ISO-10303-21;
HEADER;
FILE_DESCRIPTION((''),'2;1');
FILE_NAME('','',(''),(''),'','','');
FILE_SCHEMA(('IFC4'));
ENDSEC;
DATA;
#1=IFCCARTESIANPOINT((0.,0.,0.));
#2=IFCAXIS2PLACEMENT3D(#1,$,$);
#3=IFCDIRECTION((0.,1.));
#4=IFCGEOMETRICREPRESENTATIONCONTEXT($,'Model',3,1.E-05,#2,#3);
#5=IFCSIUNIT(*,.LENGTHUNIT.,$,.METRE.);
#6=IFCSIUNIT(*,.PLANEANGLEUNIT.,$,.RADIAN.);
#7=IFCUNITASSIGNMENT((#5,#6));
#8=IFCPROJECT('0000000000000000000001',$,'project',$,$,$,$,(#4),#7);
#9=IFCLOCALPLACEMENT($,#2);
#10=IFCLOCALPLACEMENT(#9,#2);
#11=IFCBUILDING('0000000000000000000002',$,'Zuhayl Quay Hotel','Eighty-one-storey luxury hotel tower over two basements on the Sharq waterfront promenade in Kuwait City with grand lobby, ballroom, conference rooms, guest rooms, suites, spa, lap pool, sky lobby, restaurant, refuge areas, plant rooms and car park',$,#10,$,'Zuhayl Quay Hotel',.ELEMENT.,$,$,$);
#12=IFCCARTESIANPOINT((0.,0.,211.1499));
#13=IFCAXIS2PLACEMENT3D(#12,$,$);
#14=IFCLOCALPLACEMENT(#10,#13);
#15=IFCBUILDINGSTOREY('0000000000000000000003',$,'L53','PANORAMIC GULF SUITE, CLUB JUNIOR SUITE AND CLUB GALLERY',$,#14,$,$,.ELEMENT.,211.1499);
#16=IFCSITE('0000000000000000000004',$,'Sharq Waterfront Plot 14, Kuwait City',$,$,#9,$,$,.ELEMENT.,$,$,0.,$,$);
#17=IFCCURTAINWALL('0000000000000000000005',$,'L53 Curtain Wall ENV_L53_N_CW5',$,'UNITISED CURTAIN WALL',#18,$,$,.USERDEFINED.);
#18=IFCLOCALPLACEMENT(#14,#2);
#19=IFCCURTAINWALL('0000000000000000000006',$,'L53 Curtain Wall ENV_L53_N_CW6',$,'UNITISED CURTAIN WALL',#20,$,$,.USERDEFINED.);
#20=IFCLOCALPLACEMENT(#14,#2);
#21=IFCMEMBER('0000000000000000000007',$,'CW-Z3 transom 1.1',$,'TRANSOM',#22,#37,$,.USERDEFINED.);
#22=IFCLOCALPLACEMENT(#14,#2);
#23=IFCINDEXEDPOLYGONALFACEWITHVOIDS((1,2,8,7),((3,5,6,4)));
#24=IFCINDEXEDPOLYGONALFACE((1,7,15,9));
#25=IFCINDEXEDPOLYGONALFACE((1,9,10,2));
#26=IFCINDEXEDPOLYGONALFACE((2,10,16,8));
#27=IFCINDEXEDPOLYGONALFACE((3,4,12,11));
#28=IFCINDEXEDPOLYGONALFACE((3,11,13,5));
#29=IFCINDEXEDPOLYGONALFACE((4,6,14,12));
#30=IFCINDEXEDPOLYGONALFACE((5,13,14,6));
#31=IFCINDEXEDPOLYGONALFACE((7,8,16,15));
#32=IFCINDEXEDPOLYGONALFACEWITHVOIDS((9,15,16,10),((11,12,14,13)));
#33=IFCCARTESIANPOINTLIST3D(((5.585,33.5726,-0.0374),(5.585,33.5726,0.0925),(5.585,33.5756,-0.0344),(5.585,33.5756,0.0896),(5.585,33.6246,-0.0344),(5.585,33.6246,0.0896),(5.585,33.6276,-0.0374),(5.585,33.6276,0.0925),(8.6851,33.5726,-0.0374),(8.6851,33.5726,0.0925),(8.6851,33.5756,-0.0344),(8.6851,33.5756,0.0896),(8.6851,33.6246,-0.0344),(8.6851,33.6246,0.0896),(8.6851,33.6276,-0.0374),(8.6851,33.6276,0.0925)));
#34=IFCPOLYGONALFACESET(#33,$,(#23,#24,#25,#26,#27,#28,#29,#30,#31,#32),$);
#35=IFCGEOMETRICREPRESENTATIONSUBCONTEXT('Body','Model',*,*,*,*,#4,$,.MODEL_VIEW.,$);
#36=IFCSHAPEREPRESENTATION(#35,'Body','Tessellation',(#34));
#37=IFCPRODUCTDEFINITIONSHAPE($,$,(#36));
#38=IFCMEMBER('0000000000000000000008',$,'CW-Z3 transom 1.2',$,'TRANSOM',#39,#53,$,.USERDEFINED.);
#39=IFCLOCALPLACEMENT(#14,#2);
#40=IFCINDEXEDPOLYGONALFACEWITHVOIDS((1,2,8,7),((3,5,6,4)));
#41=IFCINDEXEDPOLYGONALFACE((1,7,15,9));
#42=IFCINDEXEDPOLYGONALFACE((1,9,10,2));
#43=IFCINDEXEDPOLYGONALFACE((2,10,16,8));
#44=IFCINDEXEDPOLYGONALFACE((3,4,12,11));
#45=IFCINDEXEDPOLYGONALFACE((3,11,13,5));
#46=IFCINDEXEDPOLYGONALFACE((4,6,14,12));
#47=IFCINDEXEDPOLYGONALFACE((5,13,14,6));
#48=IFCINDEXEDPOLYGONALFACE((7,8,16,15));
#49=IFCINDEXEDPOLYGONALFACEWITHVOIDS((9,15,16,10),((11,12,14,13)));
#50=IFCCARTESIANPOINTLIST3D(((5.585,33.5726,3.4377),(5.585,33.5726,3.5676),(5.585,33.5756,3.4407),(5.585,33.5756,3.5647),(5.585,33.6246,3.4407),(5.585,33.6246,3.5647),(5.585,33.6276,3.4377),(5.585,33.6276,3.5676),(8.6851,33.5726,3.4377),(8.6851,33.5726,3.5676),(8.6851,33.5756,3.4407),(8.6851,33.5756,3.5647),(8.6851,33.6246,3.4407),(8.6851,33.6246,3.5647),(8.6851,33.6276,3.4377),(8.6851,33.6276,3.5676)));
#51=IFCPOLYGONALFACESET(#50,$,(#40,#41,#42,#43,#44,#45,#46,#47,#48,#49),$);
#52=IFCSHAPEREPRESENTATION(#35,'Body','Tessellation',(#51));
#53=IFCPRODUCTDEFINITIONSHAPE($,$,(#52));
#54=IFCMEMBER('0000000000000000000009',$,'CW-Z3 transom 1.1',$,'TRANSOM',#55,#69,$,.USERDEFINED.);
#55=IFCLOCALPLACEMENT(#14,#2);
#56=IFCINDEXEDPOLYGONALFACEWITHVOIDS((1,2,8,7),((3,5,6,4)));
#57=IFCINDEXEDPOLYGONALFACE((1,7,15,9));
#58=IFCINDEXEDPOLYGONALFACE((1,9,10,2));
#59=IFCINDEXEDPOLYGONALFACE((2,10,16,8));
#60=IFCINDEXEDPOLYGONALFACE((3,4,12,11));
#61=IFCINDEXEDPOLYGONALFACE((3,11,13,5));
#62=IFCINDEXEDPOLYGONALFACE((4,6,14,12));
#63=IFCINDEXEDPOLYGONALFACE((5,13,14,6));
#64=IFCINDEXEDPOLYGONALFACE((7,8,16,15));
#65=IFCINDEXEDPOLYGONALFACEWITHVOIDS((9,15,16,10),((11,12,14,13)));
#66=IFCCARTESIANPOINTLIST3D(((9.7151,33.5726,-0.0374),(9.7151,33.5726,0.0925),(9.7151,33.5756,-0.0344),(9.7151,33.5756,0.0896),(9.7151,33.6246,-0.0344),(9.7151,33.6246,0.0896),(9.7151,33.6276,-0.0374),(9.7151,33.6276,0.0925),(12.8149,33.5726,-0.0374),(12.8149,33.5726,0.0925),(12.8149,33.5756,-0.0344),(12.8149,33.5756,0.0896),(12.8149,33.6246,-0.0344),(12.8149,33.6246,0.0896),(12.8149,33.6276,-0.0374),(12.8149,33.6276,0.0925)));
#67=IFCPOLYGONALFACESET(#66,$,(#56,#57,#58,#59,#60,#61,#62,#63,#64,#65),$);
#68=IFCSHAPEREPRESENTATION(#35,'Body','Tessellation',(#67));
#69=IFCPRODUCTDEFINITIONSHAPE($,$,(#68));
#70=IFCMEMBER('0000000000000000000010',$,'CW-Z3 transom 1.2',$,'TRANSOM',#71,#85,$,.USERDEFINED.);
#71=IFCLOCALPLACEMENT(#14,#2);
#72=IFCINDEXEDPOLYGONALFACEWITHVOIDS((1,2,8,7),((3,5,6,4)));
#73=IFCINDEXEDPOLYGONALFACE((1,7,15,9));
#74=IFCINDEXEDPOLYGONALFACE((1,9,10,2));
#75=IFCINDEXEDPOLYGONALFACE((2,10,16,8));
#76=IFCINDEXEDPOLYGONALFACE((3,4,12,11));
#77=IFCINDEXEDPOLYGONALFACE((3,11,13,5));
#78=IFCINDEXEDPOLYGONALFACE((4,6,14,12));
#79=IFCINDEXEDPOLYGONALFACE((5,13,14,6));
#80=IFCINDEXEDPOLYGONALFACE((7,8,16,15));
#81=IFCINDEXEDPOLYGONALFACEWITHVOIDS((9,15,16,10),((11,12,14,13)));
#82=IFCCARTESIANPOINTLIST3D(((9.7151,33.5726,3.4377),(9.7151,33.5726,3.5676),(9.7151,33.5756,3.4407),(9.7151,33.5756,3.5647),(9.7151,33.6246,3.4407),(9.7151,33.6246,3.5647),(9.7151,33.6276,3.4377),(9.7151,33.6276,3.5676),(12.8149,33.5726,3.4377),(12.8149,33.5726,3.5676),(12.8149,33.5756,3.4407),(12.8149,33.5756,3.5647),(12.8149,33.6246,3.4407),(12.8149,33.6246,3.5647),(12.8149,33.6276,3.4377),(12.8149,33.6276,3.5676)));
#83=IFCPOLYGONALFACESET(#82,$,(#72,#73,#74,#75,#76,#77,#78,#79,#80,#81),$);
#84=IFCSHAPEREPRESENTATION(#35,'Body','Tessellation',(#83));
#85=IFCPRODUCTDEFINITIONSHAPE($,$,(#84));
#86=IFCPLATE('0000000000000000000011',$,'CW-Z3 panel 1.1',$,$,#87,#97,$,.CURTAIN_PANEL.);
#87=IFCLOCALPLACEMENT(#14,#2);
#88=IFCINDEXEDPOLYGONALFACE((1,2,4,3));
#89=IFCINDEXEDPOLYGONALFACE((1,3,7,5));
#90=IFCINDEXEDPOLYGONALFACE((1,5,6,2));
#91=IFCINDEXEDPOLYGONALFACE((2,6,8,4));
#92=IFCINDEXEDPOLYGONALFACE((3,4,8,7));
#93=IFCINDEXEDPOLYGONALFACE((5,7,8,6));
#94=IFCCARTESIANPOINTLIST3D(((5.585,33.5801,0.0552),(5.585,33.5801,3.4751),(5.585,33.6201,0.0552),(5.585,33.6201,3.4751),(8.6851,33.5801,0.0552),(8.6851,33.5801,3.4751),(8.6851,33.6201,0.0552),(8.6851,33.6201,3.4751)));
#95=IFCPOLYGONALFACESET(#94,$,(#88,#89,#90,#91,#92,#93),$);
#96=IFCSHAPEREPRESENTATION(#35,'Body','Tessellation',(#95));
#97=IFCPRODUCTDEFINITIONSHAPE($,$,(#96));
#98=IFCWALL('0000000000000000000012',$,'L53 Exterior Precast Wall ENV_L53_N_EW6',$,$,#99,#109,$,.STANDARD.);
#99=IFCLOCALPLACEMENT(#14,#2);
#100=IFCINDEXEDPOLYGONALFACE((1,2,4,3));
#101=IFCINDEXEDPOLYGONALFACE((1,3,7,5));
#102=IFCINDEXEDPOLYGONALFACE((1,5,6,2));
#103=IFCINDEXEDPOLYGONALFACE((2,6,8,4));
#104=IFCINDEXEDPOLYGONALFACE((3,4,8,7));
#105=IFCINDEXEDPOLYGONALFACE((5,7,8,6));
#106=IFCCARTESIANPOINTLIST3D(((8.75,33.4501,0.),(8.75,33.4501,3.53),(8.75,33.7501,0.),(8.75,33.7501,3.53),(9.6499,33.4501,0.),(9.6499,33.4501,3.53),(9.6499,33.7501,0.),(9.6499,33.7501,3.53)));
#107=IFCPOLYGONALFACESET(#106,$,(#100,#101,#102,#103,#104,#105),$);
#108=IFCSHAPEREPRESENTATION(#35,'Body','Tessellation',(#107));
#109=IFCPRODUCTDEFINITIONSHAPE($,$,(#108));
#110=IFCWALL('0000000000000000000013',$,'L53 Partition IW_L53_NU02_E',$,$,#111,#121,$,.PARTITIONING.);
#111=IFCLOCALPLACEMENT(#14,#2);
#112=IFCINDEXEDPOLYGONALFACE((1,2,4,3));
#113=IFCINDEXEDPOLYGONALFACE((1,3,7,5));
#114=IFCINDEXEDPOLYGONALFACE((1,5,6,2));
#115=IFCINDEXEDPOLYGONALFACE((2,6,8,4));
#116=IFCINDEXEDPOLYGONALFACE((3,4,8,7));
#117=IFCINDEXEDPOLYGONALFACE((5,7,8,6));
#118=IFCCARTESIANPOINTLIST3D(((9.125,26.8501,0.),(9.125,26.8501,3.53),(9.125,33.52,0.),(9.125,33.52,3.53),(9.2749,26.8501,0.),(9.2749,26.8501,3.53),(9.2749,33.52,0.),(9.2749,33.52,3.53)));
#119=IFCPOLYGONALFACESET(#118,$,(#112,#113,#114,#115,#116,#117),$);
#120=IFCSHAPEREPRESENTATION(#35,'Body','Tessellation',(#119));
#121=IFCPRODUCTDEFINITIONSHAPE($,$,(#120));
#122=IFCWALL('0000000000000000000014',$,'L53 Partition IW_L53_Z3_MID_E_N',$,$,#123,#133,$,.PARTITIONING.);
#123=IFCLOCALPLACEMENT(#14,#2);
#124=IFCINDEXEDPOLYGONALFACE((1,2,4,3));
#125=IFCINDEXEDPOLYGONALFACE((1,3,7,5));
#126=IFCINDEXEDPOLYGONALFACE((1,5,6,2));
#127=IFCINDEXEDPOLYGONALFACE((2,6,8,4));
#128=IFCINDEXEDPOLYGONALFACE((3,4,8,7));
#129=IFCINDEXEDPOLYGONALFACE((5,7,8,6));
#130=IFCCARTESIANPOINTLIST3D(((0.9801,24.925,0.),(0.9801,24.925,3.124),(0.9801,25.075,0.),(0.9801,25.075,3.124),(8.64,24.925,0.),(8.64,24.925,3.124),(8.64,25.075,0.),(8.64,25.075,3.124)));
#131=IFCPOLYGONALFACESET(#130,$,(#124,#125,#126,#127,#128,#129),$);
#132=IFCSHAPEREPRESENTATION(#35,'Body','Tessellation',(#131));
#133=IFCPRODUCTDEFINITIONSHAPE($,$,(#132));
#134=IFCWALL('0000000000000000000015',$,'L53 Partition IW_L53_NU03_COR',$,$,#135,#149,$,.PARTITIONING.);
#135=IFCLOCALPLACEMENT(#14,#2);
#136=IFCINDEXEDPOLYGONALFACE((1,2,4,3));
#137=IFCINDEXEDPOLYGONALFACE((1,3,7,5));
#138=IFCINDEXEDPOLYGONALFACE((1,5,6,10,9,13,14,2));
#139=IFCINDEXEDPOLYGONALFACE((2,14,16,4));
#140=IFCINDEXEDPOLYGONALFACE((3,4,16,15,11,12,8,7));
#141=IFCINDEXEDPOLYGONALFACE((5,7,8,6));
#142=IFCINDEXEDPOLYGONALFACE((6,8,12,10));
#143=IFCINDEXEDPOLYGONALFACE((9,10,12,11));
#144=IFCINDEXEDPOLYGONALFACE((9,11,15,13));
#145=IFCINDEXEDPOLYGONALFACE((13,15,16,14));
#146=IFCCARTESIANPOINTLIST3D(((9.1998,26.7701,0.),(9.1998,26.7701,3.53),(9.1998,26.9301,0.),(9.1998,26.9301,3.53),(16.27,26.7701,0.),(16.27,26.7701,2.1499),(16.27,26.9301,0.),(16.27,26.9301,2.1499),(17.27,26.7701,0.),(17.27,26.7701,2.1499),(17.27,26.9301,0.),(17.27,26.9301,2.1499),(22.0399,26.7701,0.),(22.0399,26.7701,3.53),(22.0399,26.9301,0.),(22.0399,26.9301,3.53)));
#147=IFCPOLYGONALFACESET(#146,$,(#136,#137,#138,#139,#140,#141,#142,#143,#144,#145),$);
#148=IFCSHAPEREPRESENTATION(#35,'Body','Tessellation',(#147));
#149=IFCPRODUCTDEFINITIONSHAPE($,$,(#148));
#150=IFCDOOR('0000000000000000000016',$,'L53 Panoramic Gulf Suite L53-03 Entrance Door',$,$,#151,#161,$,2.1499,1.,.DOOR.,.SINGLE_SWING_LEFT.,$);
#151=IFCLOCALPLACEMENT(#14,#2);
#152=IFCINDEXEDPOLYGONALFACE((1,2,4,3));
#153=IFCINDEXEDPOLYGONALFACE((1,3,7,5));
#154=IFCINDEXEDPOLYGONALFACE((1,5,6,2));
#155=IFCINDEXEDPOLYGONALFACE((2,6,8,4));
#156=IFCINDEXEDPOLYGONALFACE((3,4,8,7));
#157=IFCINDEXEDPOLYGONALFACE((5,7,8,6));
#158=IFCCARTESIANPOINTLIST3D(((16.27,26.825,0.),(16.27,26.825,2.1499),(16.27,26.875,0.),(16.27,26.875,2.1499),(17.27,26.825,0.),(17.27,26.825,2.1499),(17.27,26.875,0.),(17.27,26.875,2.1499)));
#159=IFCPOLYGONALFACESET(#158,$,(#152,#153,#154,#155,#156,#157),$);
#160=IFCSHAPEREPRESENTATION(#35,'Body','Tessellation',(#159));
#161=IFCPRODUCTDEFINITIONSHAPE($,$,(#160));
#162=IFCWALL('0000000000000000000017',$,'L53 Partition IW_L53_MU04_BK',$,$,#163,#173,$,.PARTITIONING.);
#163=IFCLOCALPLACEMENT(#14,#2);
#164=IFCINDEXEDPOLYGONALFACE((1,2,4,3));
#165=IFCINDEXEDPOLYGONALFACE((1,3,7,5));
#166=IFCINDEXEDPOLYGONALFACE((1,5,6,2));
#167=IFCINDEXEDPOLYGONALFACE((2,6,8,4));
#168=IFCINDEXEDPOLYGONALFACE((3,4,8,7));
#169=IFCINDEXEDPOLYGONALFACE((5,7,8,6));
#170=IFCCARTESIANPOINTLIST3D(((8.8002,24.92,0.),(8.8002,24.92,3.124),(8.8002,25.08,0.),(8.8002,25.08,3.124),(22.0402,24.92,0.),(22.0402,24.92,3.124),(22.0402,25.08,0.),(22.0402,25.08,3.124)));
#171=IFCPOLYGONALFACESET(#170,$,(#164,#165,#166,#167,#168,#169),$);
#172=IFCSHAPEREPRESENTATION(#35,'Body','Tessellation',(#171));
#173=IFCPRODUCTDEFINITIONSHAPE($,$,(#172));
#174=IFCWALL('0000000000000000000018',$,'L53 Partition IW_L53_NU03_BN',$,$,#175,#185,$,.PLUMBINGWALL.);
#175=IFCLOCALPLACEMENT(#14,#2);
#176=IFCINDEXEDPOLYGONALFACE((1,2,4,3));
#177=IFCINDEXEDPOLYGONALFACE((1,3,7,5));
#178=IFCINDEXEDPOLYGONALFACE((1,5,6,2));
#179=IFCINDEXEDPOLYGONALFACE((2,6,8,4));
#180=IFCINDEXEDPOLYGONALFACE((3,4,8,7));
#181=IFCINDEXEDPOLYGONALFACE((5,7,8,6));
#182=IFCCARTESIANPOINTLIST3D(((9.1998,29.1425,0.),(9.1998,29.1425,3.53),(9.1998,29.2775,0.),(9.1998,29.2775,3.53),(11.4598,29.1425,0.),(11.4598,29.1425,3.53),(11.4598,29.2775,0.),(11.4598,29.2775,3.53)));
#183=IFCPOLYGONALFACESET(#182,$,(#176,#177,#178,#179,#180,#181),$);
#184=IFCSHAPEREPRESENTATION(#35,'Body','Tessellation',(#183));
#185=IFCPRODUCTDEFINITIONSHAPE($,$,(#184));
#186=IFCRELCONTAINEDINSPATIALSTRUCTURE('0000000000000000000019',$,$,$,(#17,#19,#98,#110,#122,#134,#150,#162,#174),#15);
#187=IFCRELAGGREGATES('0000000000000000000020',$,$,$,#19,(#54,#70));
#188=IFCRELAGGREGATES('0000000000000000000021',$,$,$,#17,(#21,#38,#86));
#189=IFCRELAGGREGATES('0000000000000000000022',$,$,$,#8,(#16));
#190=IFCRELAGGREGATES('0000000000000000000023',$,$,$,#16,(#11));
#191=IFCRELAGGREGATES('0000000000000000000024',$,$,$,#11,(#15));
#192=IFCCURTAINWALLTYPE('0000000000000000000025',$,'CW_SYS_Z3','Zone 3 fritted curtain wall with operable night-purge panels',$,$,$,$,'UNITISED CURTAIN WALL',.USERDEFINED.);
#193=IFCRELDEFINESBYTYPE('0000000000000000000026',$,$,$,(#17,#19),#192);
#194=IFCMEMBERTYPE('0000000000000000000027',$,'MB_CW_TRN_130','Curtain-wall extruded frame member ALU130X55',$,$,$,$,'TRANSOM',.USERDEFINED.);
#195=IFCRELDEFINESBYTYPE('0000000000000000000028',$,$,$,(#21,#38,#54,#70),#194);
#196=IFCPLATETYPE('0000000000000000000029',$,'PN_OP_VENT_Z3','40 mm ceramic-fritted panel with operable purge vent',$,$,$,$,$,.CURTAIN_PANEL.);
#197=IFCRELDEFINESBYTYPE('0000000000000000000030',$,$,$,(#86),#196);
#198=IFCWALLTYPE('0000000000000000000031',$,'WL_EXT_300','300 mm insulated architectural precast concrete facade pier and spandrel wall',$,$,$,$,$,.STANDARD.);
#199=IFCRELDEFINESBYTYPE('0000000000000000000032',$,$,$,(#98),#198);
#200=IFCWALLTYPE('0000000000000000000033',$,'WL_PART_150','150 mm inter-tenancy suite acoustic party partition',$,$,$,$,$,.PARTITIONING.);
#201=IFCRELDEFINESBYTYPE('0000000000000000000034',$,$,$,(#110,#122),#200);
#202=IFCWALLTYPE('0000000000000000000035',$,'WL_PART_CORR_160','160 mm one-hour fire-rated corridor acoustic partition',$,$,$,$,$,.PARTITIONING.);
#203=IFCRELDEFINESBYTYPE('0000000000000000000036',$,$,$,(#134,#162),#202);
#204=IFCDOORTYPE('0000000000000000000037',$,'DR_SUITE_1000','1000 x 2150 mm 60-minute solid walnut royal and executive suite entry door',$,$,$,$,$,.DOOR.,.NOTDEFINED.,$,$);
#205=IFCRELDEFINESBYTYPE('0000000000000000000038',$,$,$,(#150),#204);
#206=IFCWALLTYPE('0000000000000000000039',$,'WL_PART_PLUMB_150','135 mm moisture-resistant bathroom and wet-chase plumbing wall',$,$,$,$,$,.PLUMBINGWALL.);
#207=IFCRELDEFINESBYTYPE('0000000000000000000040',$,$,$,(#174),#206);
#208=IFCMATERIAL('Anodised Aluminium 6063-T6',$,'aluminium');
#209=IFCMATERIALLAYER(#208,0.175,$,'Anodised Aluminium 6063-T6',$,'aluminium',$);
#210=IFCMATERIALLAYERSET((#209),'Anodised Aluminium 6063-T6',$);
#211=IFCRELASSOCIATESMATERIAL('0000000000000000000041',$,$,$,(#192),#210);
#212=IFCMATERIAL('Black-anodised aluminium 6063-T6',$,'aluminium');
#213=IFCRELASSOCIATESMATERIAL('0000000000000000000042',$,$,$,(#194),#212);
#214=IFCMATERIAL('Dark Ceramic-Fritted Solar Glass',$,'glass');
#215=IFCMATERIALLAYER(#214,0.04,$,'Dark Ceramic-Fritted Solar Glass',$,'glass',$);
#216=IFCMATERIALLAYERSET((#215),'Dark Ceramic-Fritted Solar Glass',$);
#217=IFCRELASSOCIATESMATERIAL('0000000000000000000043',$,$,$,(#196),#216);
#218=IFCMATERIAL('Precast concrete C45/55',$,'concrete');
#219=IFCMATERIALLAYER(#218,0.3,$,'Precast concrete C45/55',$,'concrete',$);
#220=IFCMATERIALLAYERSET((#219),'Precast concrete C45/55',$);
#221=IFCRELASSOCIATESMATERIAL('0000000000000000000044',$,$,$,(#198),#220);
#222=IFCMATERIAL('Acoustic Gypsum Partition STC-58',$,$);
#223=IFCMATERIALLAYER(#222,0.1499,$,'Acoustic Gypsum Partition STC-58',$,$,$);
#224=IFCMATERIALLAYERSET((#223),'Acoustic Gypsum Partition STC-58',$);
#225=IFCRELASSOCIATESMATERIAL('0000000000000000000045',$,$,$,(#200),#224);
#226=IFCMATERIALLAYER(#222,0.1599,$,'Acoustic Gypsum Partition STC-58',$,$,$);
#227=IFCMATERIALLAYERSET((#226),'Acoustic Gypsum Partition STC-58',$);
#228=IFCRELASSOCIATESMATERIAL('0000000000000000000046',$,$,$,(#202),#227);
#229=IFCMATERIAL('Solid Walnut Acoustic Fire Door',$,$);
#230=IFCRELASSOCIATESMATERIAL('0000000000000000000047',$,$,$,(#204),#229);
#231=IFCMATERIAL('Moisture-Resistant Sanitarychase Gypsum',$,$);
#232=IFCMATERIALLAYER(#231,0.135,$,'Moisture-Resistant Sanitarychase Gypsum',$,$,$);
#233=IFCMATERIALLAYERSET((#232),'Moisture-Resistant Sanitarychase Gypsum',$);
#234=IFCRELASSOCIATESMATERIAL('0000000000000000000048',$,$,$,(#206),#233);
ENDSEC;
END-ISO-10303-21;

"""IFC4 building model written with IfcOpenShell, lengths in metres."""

from ifc_helpers import new_model, si_unit, direction, frame, frame_2d, origin, origin_2d, place, context, subcontext, project, spatial, rectangle, hollow_rectangle, extrude, material, layer, layer_set, material_profile, profile_set, type_object, element, fill, aggregate, save


model = new_model("IFC4")

# Units and contexts
model_context = context("Model", 3, precision=1e-05, world=origin(), true_north=direction((0.0, 1.0)))
body_context = subcontext(model_context, "Body", "Model", "MODEL_VIEW")
ifc_project = project(units=[si_unit("LENGTHUNIT", "METRE"), si_unit("PLANEANGLEUNIT", "RADIAN")], contexts=[model_context])

# Site, building, storey
site_placement = place(None, origin())
site = spatial("IfcSite", under=ifc_project, at=site_placement, Name="Sharq Waterfront Plot 14, Kuwait City", CompositionType="ELEMENT", RefElevation=0.0)
building_placement = place(site_placement, origin())
building = spatial("IfcBuilding", under=site, at=building_placement, Name="Zuhayl Quay Hotel", Description="Eighty-one-storey luxury hotel tower over two basements on the Sharq waterfront promenade in Kuwait City with grand lobby, ballroom, conference rooms, guest rooms, suites, spa, lap pool, sky lobby, restaurant, refuge areas, plant rooms and car park", LongName="Zuhayl Quay Hotel", CompositionType="ELEMENT")
storey_placement = place(building_placement, frame((0.0, 0.0, 211.1499)))
storey = spatial("IfcBuildingStorey", under=building, at=storey_placement, Name="L53", Description="PANORAMIC GULF SUITE, CLUB JUNIOR SUITE AND CLUB GALLERY", CompositionType="ELEMENT", Elevation=211.1499)

# Curtain wall
ifc_material_1 = material(Name="Anodised Aluminium 6063-T6", Category="aluminium")
ifc_layer_1 = layer(ifc_material_1, 0.175, Name="Anodised Aluminium 6063-T6", Category="aluminium")
ifc_layer_set_1 = layer_set([ifc_layer_1], Name="Anodised Aluminium 6063-T6")
curtain_wall_type = type_object("IfcCurtainWallType", Name="CW_SYS_Z3", Description="Zone 3 fritted curtain wall with operable night-purge panels", ElementType="UNITISED CURTAIN WALL", PredefinedType="USERDEFINED", material=ifc_layer_set_1)
curtain_wall_1_placement = place(storey_placement, origin())
curtain_wall_1 = element("IfcCurtainWall", 1, at=curtain_wall_1_placement, inside=storey, type_object=curtain_wall_type, Name="L53 Curtain Wall ENV_L53_N_CW5", ObjectType="UNITISED CURTAIN WALL", PredefinedType="USERDEFINED")
ifc_material_2 = material(Name="Black-anodised aluminium 6063-T6", Category="aluminium")

# Curtain wall
curtain_wall_2_placement = place(storey_placement, origin())
curtain_wall_2 = element("IfcCurtainWall", 2, at=curtain_wall_2_placement, inside=storey, type_object=curtain_wall_type, Name="L53 Curtain Wall ENV_L53_N_CW6", ObjectType="UNITISED CURTAIN WALL", PredefinedType="USERDEFINED")

# Members
ifc_material_profile_1 = material_profile(ifc_material_2, hollow_rectangle(XDim=0.0549, YDim=0.1299, WallThickness=0.0029, at=origin_2d()), Name="ALU130X55")
ifc_profile_set_1 = profile_set([ifc_material_profile_1], Name="Black-anodised aluminium 6063-T6")
member_type_1 = type_object("IfcMemberType", Name="MB_CW_TRN_130", Description="Curtain-wall extruded frame member ALU130X55", ElementType="TRANSOM", PredefinedType="USERDEFINED", material=ifc_profile_set_1)
member_1_placement = place(storey_placement, frame((5.585, 33.6001, 0.0276), z_axis=(1.0, 0.0, 0.0), x_axis=(0.0, 1.0, 0.0)))
member_1 = element("IfcMember", 3, at=member_1_placement, type_object=member_type_1, Name="CW-Z3 transom 1.1", ObjectType="TRANSOM", PredefinedType="USERDEFINED", context=body_context, shape_type="SweptSolid", body=[
    extrude(hollow_rectangle(XDim=0.0549, YDim=0.1299, WallThickness=0.0029, at=origin_2d()), origin(), (0.0, 0.0, 1.0), 3.1001),
])
member_2_placement = place(storey_placement, frame((5.585, 33.6001, 3.5027), z_axis=(1.0, 0.0, 0.0), x_axis=(0.0, 1.0, 0.0)))
member_2 = element("IfcMember", 4, at=member_2_placement, type_object=member_type_1, Name="CW-Z3 transom 1.2", ObjectType="TRANSOM", PredefinedType="USERDEFINED", context=body_context, shape_type="SweptSolid", body=[
    extrude(hollow_rectangle(XDim=0.0549, YDim=0.1299, WallThickness=0.0029, at=origin_2d()), origin(), (0.0, 0.0, 1.0), 3.1001),
])
member_3_placement = place(storey_placement, frame((9.7151, 33.6001, 0.0276), z_axis=(1.0, 0.0, 0.0), x_axis=(0.0, 1.0, 0.0)))
member_3 = element("IfcMember", 5, at=member_3_placement, type_object=member_type_1, Name="CW-Z3 transom 1.1", ObjectType="TRANSOM", PredefinedType="USERDEFINED", context=body_context, shape_type="SweptSolid", body=[
    extrude(hollow_rectangle(XDim=0.0549, YDim=0.1299, WallThickness=0.0029, at=origin_2d()), origin(), (0.0, 0.0, 1.0), 3.0999),
])
member_4_placement = place(storey_placement, frame((9.7151, 33.6001, 3.5027), z_axis=(1.0, 0.0, 0.0), x_axis=(0.0, 1.0, 0.0)))
member_4 = element("IfcMember", 6, at=member_4_placement, type_object=member_type_1, Name="CW-Z3 transom 1.2", ObjectType="TRANSOM", PredefinedType="USERDEFINED", context=body_context, shape_type="SweptSolid", body=[
    extrude(hollow_rectangle(XDim=0.0549, YDim=0.1299, WallThickness=0.0029, at=origin_2d()), origin(), (0.0, 0.0, 1.0), 3.0999),
])
aggregate(curtain_wall_2, [member_3, member_4])

# Plate
ifc_material_3 = material(Name="Dark Ceramic-Fritted Solar Glass", Category="glass")
ifc_layer_2 = layer(ifc_material_3, 0.04, Name="Dark Ceramic-Fritted Solar Glass", Category="glass")
ifc_layer_set_2 = layer_set([ifc_layer_2], Name="Dark Ceramic-Fritted Solar Glass")
plate_type = type_object("IfcPlateType", Name="PN_OP_VENT_Z3", Description="40 mm ceramic-fritted panel with operable purge vent", PredefinedType="CURTAIN_PANEL", material=ifc_layer_set_2)
plate_placement = place(storey_placement, frame((7.135, 33.6001, 0.0552), z_axis=(0.0, 0.0, 1.0), x_axis=(1.0, 0.0, 0.0)))
plate = element("IfcPlate", 7, at=plate_placement, type_object=plate_type, Name="CW-Z3 panel 1.1", PredefinedType="CURTAIN_PANEL", context=body_context, shape_type="SweptSolid", body=[
    extrude(rectangle(XDim=3.1001, YDim=0.04, at=origin_2d()), origin(), (0.0, 0.0, 1.0), 3.4199),
])
aggregate(curtain_wall_1, [member_1, member_2, plate])

# Walls
ifc_material_4 = material(Name="Precast concrete C45/55", Category="concrete")
ifc_layer_3 = layer(ifc_material_4, 0.3, Name="Precast concrete C45/55", Category="concrete")
ifc_layer_set_3 = layer_set([ifc_layer_3], Name="Precast concrete C45/55")
wall_type_1 = type_object("IfcWallType", Name="WL_EXT_300", Description="300 mm insulated architectural precast concrete facade pier and spandrel wall", PredefinedType="STANDARD", material=ifc_layer_set_3)
wall_1_placement = place(storey_placement, frame((8.75, 33.6001, 0.0), z_axis=(0.0, 0.0, 1.0), x_axis=(1.0, 0.0, 0.0)))
element("IfcWall", 8, at=wall_1_placement, inside=storey, type_object=wall_type_1, Name="L53 Exterior Precast Wall ENV_L53_N_EW6", PredefinedType="STANDARD", context=body_context, shape_type="SweptSolid", body=[
    extrude(rectangle(XDim=0.8999, YDim=0.3, at=frame_2d((0.45, 0.0))), origin(), (0.0, 0.0, 1.0), 3.53),
])
ifc_material_5 = material(Name="Acoustic Gypsum Partition STC-58")
ifc_layer_4 = layer(ifc_material_5, 0.1499, Name="Acoustic Gypsum Partition STC-58")
ifc_layer_set_4 = layer_set([ifc_layer_4], Name="Acoustic Gypsum Partition STC-58")
wall_type_2 = type_object("IfcWallType", Name="WL_PART_150", Description="150 mm inter-tenancy suite acoustic party partition", PredefinedType="PARTITIONING", material=ifc_layer_set_4)
wall_2_placement = place(storey_placement, frame((9.2, 26.8501, 0.0), z_axis=(0.0, 0.0, 1.0), x_axis=(0.0, 1.0, 0.0)))
element("IfcWall", 9, at=wall_2_placement, inside=storey, type_object=wall_type_2, Name="L53 Partition IW_L53_NU02_E", PredefinedType="PARTITIONING", context=body_context, shape_type="SweptSolid", body=[
    extrude(rectangle(XDim=6.6699, YDim=0.1499, at=frame_2d((3.335, 0.0))), origin(), (0.0, 0.0, 1.0), 3.53),
])
wall_3_placement = place(storey_placement, frame((0.98, 25.0, 0.0), z_axis=(0.0, 0.0, 1.0), x_axis=(1.0, 0.0, 0.0)))
element("IfcWall", 10, at=wall_3_placement, inside=storey, type_object=wall_type_2, Name="L53 Partition IW_L53_Z3_MID_E_N", PredefinedType="PARTITIONING", context=body_context, shape_type="SweptSolid", body=[
    extrude(rectangle(XDim=7.6599, YDim=0.1499, at=frame_2d((3.8301, 0.0))), origin(), (0.0, 0.0, 1.0), 3.124),
])

# Wall, opening, door
ifc_layer_5 = layer(ifc_material_5, 0.1599, Name="Acoustic Gypsum Partition STC-58")
ifc_layer_set_5 = layer_set([ifc_layer_5], Name="Acoustic Gypsum Partition STC-58")
wall_type_3 = type_object("IfcWallType", Name="WL_PART_CORR_160", Description="160 mm one-hour fire-rated corridor acoustic partition", PredefinedType="PARTITIONING", material=ifc_layer_set_5)
wall_4_placement = place(storey_placement, frame((9.2, 26.8501, 0.0), z_axis=(0.0, 0.0, 1.0), x_axis=(1.0, 0.0, 0.0)))
wall_4 = element("IfcWall", 11, at=wall_4_placement, inside=storey, type_object=wall_type_3, Name="L53 Partition IW_L53_NU03_COR", PredefinedType="PARTITIONING", context=body_context, shape_type="SweptSolid", body=[
    extrude(rectangle(XDim=12.8401, YDim=0.1599, at=frame_2d((6.4199, 0.0))), origin(), (0.0, 0.0, 1.0), 3.53),
])
opening_placement = place(wall_4_placement, frame((7.0701, 0.0, 0.0)))
opening = element("IfcOpeningElement", 12, at=opening_placement, cuts=wall_4, PredefinedType="OPENING", context=body_context, shape_type="SweptSolid", body=[
    extrude(rectangle(XDim=1.0, YDim=2.1499, at=frame_2d((0.5, 1.075))), frame((0.0, 0.0898, 0.0), z_axis=(0.0, -1.0, 0.0), x_axis=(1.0, 0.0, 0.0)), (0.0, 0.0, 1.0), 0.1799),
])
ifc_material_6 = material(Name="Solid Walnut Acoustic Fire Door")
door_type = type_object("IfcDoorType", Name="DR_SUITE_1000", Description="1000 x 2150 mm 60-minute solid walnut royal and executive suite entry door", OperationType="NOTDEFINED", PredefinedType="DOOR", material=ifc_material_6)
door_placement = place(opening_placement, origin())
door = element("IfcDoor", 13, at=door_placement, inside=storey, type_object=door_type, Name="L53 Panoramic Gulf Suite L53-03 Entrance Door", OperationType="SINGLE_SWING_LEFT", OverallHeight=2.1499, OverallWidth=1.0, PredefinedType="DOOR", context=body_context, shape_type="SweptSolid", body=[
    extrude(rectangle(XDim=1.0, YDim=2.1499, at=frame_2d((0.5, 1.075))), frame((0.0, 0.0249, 0.0), z_axis=(0.0, -1.0, 0.0), x_axis=(1.0, 0.0, 0.0)), (0.0, 0.0, 1.0), 0.05),
])
fill(opening, door)

# Walls
wall_5_placement = place(storey_placement, frame((8.8, 25.0, 0.0), z_axis=(0.0, 0.0, 1.0), x_axis=(1.0, 0.0, 0.0)))
element("IfcWall", 14, at=wall_5_placement, inside=storey, type_object=wall_type_3, Name="L53 Partition IW_L53_MU04_BK", PredefinedType="PARTITIONING", context=body_context, shape_type="SweptSolid", body=[
    extrude(rectangle(XDim=13.24, YDim=0.1599, at=frame_2d((6.6201, 0.0))), origin(), (0.0, 0.0, 1.0), 3.124),
])
ifc_material_7 = material(Name="Moisture-Resistant Sanitarychase Gypsum")
ifc_layer_6 = layer(ifc_material_7, 0.135, Name="Moisture-Resistant Sanitarychase Gypsum")
ifc_layer_set_6 = layer_set([ifc_layer_6], Name="Moisture-Resistant Sanitarychase Gypsum")
wall_type_4 = type_object("IfcWallType", Name="WL_PART_PLUMB_150", Description="135 mm moisture-resistant bathroom and wet-chase plumbing wall", PredefinedType="PLUMBINGWALL", material=ifc_layer_set_6)
wall_6_placement = place(storey_placement, frame((9.2, 29.21, 0.0), z_axis=(0.0, 0.0, 1.0), x_axis=(1.0, 0.0, 0.0)))
element("IfcWall", 15, at=wall_6_placement, inside=storey, type_object=wall_type_4, Name="L53 Partition IW_L53_NU03_BN", PredefinedType="PLUMBINGWALL", context=body_context, shape_type="SweptSolid", body=[
    extrude(rectangle(XDim=2.26, YDim=0.135, at=frame_2d((1.1299, 0.0))), origin(), (0.0, 0.0, 1.0), 3.53),
])

save(model, "model.ifc")
